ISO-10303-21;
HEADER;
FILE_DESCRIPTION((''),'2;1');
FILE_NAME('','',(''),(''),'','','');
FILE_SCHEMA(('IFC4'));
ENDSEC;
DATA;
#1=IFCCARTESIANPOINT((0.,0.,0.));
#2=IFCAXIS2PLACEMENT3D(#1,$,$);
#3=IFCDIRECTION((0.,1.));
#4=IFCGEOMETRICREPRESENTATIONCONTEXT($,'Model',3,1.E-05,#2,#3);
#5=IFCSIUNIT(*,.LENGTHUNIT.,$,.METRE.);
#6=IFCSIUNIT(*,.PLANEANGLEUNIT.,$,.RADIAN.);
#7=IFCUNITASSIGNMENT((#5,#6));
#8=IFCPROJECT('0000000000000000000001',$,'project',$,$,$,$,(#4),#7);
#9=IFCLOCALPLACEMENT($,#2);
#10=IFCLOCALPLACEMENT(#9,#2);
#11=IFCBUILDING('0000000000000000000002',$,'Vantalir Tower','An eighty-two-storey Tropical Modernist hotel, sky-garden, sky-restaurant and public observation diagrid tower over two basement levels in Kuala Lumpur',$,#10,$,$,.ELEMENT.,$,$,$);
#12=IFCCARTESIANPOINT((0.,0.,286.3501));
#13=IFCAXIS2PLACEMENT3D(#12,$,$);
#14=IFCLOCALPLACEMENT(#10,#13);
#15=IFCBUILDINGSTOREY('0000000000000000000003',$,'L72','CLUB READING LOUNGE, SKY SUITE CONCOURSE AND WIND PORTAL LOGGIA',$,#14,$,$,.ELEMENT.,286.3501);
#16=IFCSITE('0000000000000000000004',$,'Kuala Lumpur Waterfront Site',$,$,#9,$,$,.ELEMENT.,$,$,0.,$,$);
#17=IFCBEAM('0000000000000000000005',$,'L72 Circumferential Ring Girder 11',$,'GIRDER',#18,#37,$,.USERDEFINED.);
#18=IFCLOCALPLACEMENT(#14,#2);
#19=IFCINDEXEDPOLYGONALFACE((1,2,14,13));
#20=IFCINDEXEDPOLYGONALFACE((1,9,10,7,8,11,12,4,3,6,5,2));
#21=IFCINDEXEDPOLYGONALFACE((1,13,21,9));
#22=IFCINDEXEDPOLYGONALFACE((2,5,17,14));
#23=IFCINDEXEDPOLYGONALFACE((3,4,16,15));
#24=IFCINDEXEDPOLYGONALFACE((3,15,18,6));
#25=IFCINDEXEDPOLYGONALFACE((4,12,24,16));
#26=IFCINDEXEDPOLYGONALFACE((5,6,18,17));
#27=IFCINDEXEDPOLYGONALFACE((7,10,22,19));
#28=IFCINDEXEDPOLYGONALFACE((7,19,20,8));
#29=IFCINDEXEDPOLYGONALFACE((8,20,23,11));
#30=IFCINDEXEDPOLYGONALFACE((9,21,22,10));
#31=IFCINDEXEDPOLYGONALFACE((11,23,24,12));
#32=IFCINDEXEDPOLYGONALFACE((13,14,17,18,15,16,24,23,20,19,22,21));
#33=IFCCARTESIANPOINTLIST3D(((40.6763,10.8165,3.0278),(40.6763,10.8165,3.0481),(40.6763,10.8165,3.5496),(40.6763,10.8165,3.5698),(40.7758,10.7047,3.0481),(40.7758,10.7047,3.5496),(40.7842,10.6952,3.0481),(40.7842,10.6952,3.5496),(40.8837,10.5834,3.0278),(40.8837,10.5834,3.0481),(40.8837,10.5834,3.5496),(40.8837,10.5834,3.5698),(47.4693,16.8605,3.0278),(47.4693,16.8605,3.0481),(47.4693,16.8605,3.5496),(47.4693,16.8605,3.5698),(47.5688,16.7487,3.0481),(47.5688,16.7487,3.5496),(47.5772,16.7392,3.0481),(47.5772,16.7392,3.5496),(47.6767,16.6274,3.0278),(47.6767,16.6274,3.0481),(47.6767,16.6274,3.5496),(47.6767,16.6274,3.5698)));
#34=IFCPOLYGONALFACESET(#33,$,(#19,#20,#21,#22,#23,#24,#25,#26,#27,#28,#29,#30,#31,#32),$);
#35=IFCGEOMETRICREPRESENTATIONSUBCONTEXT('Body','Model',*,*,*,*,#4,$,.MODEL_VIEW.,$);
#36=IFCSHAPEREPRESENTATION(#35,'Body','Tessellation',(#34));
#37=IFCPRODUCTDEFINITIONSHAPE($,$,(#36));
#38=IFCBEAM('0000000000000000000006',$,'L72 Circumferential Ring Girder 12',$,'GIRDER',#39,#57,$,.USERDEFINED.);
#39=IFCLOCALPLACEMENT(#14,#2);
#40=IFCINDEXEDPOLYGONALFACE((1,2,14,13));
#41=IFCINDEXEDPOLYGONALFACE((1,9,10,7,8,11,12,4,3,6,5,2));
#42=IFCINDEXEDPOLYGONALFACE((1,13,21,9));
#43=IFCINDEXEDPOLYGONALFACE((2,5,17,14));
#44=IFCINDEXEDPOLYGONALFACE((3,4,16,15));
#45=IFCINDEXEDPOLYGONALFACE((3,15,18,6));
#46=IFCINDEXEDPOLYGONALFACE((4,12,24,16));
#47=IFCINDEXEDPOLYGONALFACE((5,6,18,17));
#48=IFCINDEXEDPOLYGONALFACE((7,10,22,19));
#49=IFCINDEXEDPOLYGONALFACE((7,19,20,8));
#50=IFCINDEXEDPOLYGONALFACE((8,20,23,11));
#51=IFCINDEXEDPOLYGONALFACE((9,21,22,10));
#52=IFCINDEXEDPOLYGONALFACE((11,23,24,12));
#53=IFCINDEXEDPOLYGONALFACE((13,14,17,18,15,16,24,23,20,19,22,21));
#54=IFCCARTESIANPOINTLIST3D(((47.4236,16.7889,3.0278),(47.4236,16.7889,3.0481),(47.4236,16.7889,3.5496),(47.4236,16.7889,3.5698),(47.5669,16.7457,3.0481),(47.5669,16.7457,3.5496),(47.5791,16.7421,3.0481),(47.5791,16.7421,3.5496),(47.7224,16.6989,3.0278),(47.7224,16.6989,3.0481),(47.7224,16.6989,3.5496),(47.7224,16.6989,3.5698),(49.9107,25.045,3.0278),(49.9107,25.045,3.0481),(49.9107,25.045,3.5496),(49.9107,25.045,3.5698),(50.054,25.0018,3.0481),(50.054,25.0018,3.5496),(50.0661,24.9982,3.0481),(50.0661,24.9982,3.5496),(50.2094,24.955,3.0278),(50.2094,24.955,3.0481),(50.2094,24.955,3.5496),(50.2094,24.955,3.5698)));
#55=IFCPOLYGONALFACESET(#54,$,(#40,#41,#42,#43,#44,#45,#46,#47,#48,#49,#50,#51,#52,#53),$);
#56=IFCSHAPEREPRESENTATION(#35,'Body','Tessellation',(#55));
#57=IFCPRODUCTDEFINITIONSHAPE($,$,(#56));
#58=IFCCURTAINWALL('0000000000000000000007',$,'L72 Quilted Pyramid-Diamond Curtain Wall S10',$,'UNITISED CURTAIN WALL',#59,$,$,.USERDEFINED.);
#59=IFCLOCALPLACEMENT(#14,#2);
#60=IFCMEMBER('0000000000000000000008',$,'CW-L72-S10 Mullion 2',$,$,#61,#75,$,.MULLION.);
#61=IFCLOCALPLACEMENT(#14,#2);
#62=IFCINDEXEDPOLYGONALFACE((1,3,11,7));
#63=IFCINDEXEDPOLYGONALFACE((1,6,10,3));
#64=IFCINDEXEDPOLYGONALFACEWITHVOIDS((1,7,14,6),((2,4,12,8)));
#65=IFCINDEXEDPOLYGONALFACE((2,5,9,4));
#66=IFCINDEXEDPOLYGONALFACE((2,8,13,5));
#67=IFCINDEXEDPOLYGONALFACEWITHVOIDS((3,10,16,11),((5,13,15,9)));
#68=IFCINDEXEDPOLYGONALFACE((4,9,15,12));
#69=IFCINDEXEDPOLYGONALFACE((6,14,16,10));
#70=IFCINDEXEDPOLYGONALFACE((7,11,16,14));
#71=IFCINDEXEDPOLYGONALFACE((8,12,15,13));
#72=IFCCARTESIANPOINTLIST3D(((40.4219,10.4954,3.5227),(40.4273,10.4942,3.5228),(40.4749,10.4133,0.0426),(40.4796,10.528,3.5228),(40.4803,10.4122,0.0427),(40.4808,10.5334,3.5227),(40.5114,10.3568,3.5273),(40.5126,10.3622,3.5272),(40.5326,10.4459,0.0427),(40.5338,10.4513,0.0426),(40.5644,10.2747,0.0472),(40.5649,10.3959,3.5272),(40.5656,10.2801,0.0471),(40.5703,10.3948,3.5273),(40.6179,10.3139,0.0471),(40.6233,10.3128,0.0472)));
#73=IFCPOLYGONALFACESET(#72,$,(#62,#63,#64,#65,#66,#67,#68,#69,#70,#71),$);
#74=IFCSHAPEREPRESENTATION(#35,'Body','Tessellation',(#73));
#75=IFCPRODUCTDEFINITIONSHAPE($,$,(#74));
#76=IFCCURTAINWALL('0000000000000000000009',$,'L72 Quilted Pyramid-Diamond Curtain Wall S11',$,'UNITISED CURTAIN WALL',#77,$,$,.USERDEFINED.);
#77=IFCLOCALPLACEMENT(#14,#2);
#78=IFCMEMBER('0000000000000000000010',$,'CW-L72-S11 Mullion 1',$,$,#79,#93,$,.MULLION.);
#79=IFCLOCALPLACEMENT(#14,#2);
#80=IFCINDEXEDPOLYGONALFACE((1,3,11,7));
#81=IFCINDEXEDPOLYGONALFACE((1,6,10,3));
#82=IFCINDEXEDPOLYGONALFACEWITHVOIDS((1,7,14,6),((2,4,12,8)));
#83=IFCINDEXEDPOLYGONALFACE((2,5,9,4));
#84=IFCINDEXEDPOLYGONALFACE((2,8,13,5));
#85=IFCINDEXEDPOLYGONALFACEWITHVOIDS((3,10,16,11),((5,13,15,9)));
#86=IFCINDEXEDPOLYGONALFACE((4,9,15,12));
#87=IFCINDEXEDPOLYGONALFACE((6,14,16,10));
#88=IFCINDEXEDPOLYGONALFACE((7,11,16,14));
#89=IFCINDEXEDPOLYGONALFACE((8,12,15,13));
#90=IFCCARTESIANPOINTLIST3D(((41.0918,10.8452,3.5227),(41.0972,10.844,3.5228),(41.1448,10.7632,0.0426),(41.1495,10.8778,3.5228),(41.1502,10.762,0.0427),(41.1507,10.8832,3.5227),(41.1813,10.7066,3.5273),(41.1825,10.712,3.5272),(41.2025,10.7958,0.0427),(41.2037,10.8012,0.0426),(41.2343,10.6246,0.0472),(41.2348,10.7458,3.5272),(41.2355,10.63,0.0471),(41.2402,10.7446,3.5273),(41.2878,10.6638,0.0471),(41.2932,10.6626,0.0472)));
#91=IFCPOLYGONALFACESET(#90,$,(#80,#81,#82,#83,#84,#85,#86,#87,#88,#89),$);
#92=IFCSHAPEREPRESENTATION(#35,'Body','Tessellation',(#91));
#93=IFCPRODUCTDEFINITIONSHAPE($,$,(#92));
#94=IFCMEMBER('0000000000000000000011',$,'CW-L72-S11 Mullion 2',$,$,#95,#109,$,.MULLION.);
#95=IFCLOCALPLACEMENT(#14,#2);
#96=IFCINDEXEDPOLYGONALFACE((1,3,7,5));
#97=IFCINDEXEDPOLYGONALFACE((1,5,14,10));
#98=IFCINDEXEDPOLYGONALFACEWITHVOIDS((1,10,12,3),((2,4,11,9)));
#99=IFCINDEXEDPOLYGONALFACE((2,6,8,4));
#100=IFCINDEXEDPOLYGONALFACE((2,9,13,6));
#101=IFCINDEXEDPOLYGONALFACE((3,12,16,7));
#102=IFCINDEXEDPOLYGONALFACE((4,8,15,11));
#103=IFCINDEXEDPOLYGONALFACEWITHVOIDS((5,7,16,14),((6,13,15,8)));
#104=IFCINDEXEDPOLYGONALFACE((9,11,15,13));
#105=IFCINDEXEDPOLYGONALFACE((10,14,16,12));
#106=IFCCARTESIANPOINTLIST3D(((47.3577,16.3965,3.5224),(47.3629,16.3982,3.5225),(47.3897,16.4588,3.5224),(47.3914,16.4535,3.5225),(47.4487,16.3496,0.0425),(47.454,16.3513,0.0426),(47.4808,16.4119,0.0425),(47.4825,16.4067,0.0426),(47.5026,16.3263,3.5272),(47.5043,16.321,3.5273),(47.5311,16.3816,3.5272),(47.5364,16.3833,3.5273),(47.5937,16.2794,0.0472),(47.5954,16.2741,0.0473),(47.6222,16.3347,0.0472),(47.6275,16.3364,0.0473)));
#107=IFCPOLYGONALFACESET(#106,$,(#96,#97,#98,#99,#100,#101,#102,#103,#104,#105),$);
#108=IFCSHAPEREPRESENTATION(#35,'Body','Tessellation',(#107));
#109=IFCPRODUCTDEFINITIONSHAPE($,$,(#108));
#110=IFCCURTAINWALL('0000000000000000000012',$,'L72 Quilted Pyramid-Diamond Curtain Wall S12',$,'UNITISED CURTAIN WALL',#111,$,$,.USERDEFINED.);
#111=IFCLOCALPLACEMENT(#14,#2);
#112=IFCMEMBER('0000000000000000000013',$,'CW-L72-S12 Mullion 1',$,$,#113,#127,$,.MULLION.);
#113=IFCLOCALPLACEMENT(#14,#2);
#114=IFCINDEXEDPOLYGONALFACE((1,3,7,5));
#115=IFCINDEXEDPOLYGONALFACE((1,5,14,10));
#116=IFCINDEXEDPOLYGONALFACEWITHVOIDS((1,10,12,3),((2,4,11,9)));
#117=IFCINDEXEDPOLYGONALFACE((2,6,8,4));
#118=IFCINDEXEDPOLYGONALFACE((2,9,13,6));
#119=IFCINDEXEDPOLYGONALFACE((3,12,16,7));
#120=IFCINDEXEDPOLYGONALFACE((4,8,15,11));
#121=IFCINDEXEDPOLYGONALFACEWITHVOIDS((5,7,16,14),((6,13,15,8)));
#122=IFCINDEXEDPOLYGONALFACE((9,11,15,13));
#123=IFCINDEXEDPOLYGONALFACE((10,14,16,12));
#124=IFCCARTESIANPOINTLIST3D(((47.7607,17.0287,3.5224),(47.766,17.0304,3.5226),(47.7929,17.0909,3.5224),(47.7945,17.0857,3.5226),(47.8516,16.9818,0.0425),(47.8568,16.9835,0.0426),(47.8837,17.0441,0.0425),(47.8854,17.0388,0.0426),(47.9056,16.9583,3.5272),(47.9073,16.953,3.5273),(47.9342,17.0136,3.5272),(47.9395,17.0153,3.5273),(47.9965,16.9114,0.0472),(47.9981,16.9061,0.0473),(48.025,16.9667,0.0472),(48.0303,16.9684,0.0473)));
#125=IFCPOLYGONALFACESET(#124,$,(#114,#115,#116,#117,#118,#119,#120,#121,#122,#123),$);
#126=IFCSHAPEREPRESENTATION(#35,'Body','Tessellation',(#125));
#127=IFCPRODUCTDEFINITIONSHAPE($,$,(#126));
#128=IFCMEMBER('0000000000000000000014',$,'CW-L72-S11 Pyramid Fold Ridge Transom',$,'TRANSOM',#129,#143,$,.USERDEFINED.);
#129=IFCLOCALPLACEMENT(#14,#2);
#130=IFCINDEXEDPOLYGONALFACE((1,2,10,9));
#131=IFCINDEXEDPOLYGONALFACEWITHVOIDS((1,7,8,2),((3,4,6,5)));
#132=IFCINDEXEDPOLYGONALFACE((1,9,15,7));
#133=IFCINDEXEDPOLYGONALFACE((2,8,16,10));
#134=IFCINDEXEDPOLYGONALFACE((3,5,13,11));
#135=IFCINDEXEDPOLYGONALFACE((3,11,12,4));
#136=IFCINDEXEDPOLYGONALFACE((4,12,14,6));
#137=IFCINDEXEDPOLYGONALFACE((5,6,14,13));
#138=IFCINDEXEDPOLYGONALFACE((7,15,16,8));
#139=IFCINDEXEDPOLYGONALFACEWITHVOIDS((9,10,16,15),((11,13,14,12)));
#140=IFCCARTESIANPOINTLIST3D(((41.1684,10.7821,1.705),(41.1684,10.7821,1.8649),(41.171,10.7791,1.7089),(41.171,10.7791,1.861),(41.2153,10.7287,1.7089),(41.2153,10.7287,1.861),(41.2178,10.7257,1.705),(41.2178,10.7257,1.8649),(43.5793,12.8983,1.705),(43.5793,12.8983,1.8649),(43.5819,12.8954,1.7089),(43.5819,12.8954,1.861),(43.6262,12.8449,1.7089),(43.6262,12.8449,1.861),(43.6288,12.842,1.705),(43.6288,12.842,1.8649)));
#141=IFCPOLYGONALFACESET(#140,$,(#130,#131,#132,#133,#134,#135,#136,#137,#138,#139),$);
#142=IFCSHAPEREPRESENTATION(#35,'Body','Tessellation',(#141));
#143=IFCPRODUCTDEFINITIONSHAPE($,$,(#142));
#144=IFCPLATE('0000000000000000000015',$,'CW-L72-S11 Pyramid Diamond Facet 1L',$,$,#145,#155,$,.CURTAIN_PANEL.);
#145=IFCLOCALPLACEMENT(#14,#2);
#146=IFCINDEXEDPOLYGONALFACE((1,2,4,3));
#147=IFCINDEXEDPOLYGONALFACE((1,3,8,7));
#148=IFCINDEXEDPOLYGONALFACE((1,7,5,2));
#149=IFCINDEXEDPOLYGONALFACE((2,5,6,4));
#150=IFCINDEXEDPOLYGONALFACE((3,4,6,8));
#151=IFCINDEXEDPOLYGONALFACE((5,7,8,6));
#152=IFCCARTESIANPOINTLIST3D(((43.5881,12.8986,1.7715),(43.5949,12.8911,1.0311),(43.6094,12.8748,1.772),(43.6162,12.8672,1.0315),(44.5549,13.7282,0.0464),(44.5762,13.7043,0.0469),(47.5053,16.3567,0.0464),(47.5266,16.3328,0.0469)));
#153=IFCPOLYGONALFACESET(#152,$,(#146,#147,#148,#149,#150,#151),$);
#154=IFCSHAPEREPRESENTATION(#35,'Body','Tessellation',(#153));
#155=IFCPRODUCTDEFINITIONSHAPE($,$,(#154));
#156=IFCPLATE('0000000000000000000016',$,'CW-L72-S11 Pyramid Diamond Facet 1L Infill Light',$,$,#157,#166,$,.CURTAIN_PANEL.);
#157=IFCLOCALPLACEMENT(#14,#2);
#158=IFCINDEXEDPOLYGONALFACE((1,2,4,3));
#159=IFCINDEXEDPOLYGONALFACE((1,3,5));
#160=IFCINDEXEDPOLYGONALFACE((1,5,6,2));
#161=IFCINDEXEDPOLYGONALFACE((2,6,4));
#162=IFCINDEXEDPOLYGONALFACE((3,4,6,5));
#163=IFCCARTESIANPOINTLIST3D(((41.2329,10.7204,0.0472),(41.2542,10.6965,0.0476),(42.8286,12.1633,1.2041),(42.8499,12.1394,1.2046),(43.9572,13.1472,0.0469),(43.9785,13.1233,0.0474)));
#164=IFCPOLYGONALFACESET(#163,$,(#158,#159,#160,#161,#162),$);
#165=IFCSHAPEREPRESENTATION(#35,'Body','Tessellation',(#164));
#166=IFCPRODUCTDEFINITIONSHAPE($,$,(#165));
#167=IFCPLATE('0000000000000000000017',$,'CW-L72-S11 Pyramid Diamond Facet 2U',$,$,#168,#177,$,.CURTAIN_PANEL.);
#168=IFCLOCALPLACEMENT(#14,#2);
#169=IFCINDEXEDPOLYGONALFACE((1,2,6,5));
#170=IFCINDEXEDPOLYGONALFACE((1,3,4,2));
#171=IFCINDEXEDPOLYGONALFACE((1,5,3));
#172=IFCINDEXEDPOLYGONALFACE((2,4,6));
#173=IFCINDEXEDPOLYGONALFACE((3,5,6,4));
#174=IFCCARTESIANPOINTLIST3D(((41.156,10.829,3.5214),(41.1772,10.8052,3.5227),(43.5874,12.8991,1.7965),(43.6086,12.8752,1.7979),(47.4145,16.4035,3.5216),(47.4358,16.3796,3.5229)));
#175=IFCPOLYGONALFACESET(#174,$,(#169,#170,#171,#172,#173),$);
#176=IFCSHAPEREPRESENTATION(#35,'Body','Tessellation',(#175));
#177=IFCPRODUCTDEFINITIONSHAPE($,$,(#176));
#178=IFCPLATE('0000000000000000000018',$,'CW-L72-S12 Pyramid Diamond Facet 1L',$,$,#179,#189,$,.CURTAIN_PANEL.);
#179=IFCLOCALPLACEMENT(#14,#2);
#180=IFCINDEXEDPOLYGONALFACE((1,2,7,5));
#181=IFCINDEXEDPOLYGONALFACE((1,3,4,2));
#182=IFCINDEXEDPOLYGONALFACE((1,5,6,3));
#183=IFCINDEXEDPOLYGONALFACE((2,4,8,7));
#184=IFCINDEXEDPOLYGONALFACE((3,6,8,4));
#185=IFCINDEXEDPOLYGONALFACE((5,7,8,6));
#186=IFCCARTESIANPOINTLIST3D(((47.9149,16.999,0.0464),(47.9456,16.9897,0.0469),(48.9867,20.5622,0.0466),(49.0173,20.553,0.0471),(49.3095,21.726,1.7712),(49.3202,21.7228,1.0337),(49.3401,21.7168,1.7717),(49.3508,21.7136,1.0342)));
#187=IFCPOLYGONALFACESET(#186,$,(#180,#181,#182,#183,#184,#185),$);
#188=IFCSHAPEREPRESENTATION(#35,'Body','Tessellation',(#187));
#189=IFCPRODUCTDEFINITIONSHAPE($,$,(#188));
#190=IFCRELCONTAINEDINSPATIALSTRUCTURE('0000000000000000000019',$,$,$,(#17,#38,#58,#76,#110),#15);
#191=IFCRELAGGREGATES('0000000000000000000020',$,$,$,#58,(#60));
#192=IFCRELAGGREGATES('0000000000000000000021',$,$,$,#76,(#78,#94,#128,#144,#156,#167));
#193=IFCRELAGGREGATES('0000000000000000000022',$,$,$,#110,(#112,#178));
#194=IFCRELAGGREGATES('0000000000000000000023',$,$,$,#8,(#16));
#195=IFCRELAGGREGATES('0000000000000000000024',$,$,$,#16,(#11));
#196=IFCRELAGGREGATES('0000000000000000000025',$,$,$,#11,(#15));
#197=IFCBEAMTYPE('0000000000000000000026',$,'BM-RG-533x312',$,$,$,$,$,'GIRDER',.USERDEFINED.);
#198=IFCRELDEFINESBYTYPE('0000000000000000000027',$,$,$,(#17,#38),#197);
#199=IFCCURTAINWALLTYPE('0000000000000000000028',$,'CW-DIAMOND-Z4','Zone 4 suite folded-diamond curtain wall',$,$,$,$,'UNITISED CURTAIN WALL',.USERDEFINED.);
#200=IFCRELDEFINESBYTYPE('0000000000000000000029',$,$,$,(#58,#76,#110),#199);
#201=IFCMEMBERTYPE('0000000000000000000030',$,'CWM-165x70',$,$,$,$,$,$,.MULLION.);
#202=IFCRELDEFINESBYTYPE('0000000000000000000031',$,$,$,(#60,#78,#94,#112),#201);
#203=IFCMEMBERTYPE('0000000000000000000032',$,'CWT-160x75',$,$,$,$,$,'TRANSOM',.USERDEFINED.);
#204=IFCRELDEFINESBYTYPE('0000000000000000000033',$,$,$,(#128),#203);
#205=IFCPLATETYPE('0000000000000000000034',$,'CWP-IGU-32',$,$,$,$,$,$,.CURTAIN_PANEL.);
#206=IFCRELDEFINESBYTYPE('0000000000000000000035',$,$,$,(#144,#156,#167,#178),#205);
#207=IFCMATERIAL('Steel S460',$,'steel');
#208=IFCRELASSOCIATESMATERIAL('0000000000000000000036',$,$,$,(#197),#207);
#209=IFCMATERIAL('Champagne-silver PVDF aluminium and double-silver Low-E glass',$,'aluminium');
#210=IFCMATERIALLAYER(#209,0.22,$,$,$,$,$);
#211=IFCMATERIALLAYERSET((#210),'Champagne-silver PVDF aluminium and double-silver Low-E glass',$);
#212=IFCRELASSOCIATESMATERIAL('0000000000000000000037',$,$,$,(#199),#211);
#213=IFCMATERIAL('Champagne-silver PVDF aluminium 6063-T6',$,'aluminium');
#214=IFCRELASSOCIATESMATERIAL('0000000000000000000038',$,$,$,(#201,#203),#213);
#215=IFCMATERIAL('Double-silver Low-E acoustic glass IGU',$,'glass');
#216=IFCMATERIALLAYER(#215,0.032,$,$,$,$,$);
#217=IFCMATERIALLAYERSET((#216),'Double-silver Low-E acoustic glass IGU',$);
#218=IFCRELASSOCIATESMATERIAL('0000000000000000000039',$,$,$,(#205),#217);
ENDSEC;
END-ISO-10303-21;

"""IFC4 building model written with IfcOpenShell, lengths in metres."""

from ifc_helpers import new_model, si_unit, direction, frame, origin, origin_2d, place, context, subcontext, project, spatial, polyline, hollow_rectangle, i_section, outline, extrude, material, layer, layer_set, material_profile, profile_set, type_object, element, aggregate, save


model = new_model("IFC4")

# Units and contexts
model_context = context("Model", 3, precision=1e-05, world=origin(), true_north=direction((0.0, 1.0)))
body_context = subcontext(model_context, "Body", "Model", "MODEL_VIEW")
ifc_project = project(units=[si_unit("LENGTHUNIT", "METRE"), si_unit("PLANEANGLEUNIT", "RADIAN")], contexts=[model_context])

# Site, building, storey
site_placement = place(None, origin())
site = spatial("IfcSite", under=ifc_project, at=site_placement, Name="Kuala Lumpur Waterfront Site", CompositionType="ELEMENT", RefElevation=0.0)
building_placement = place(site_placement, origin())
building = spatial("IfcBuilding", under=site, at=building_placement, Name="Vantalir Tower", Description="An eighty-two-storey Tropical Modernist hotel, sky-garden, sky-restaurant and public observation diagrid tower over two basement levels in Kuala Lumpur", CompositionType="ELEMENT")
storey_placement = place(building_placement, frame((0.0, 0.0, 286.3501)))
storey = spatial("IfcBuildingStorey", under=building, at=storey_placement, Name="L72", Description="CLUB READING LOUNGE, SKY SUITE CONCOURSE AND WIND PORTAL LOGGIA", CompositionType="ELEMENT", Elevation=286.3501)

# Shared definitions
ifc_material_1 = material(Name="Steel S460", Category="steel")

# Beams
ifc_material_profile_1 = material_profile(ifc_material_1, i_section(OverallWidth=0.312, OverallDepth=0.542, WebThickness=0.0127, FlangeThickness=0.0203, at=origin_2d()), Name="Steel S460")
ifc_profile_set_1 = profile_set([ifc_material_profile_1], Name="Steel S460")
beam_type_1 = type_object("IfcBeamType", Name="BM-RG-533x312", ElementType="GIRDER", PredefinedType="USERDEFINED", material=ifc_profile_set_1)
beam_1_placement = place(storey_placement, frame((40.78, 10.7, 3.2988), z_axis=(0.747095, 0.664717, 0.0), x_axis=(-0.664717, 0.747095, 0.0)))
element("IfcBeam", 1, at=beam_1_placement, inside=storey, type_object=beam_type_1, Name="L72 Circumferential Ring Girder 11", ObjectType="GIRDER", PredefinedType="USERDEFINED", context=body_context, shape_type="SweptSolid", body=[
    extrude(i_section(OverallWidth=0.312, OverallDepth=0.542, WebThickness=0.0127, FlangeThickness=0.0203, at=origin_2d()), origin(), (0.0, 0.0, 1.0), 9.0925),
])
beam_2_placement = place(storey_placement, frame((47.573, 16.7439, 3.2988), z_axis=(0.288436, 0.957499, 0.0), x_axis=(-0.957499, 0.288436, 0.0)))
element("IfcBeam", 2, at=beam_2_placement, inside=storey, type_object=beam_type_1, Name="L72 Circumferential Ring Girder 12", ObjectType="GIRDER", PredefinedType="USERDEFINED", context=body_context, shape_type="SweptSolid", body=[
    extrude(i_section(OverallWidth=0.312, OverallDepth=0.542, WebThickness=0.0127, FlangeThickness=0.0203, at=origin_2d()), origin(), (0.0, 0.0, 1.0), 8.6226),
])

# Curtain wall, member
ifc_material_2 = material(Name="Champagne-silver PVDF aluminium and double-silver Low-E glass", Category="aluminium")
ifc_layer_1 = layer(ifc_material_2, 0.22)
ifc_layer_set_1 = layer_set([ifc_layer_1], Name="Champagne-silver PVDF aluminium and double-silver Low-E glass")
curtain_wall_type = type_object("IfcCurtainWallType", Name="CW-DIAMOND-Z4", Description="Zone 4 suite folded-diamond curtain wall", ElementType="UNITISED CURTAIN WALL", PredefinedType="USERDEFINED", material=ifc_layer_set_1)
curtain_wall_1_placement = place(storey_placement, origin())
curtain_wall_1 = element("IfcCurtainWall", 3, at=curtain_wall_1_placement, inside=storey, type_object=curtain_wall_type, Name="L72 Quilted Pyramid-Diamond Curtain Wall S10", ObjectType="UNITISED CURTAIN WALL", PredefinedType="USERDEFINED")
ifc_material_3 = material(Name="Champagne-silver PVDF aluminium 6063-T6", Category="aluminium")
ifc_material_profile_2 = material_profile(ifc_material_3, hollow_rectangle(XDim=0.0701, YDim=0.165, WallThickness=0.0039, at=origin_2d()), Name="Champagne-silver PVDF aluminium 6063-T6")
ifc_profile_set_2 = profile_set([ifc_material_profile_2], Name="Champagne-silver PVDF aluminium 6063-T6")
member_type_1 = type_object("IfcMemberType", Name="CWM-165x70", PredefinedType="MULLION", material=ifc_profile_set_2)
member_1_placement = place(storey_placement, frame((40.5491, 10.363, 0.0449), z_axis=(-0.015218, 0.023563, 0.999607), x_axis=(-0.840039, -0.542525, 0.0)))
member_1 = element("IfcMember", 4, at=member_1_placement, type_object=member_type_1, Name="CW-L72-S10 Mullion 2", PredefinedType="MULLION", context=body_context, shape_type="SweptSolid", body=[
    extrude(hollow_rectangle(XDim=0.0701, YDim=0.165, WallThickness=0.0039, at=origin_2d()), origin(), (0.0, 0.0, 1.0), 3.4814),
])
aggregate(curtain_wall_1, [member_1])

# Curtain wall, members
curtain_wall_2_placement = place(storey_placement, origin())
curtain_wall_2 = element("IfcCurtainWall", 5, at=curtain_wall_2_placement, inside=storey, type_object=curtain_wall_type, Name="L72 Quilted Pyramid-Diamond Curtain Wall S11", ObjectType="UNITISED CURTAIN WALL", PredefinedType="USERDEFINED")
member_2_placement = place(storey_placement, frame((41.219, 10.7129, 0.0449), z_axis=(-0.015218, 0.023563, 0.999607), x_axis=(-0.840039, -0.542525, 0.0)))
member_2 = element("IfcMember", 6, at=member_2_placement, type_object=member_type_1, Name="CW-L72-S11 Mullion 1", PredefinedType="MULLION", context=body_context, shape_type="SweptSolid", body=[
    extrude(hollow_rectangle(XDim=0.0701, YDim=0.165, WallThickness=0.0039, at=origin_2d()), origin(), (0.0, 0.0, 1.0), 3.4814),
])
member_3_placement = place(storey_placement, frame((47.5381, 16.343, 0.0449), z_axis=(-0.026157, 0.013464, 0.999567), x_axis=(-0.457671, -0.889122, 0.0)))
member_3 = element("IfcMember", 7, at=member_3_placement, type_object=member_type_1, Name="CW-L72-S11 Mullion 2", PredefinedType="MULLION", context=body_context, shape_type="SweptSolid", body=[
    extrude(hollow_rectangle(XDim=0.0701, YDim=0.165, WallThickness=0.0039, at=origin_2d()), origin(), (0.0, 0.0, 1.0), 3.4814),
])

# Curtain wall, member
curtain_wall_3_placement = place(storey_placement, origin())
curtain_wall_3 = element("IfcCurtainWall", 8, at=curtain_wall_3_placement, inside=storey, type_object=curtain_wall_type, Name="L72 Quilted Pyramid-Diamond Curtain Wall S12", ObjectType="UNITISED CURTAIN WALL", PredefinedType="USERDEFINED")
member_4_placement = place(storey_placement, frame((47.9409, 16.9751, 0.0449), z_axis=(-0.026087, 0.013464, 0.999569), x_axis=(-0.458643, -0.888621, 0.0)))
member_4 = element("IfcMember", 9, at=member_4_placement, type_object=member_type_1, Name="CW-L72-S12 Mullion 1", PredefinedType="MULLION", context=body_context, shape_type="SweptSolid", body=[
    extrude(hollow_rectangle(XDim=0.0701, YDim=0.165, WallThickness=0.0039, at=origin_2d()), origin(), (0.0, 0.0, 1.0), 3.4814),
])

# Member
ifc_material_profile_3 = material_profile(ifc_material_3, hollow_rectangle(XDim=0.075, YDim=0.1599, WallThickness=0.0039, at=origin_2d()), Name="Champagne-silver PVDF aluminium 6063-T6")
ifc_profile_set_3 = profile_set([ifc_material_profile_3], Name="Champagne-silver PVDF aluminium 6063-T6")
member_type_2 = type_object("IfcMemberType", Name="CWT-160x75", ElementType="TRANSOM", PredefinedType="USERDEFINED", material=ifc_profile_set_3)
member_5_placement = place(storey_placement, frame((41.1931, 10.7539, 1.7849), z_axis=(0.751543, 0.659684, 0.0), x_axis=(-0.659684, 0.751543, 0.0)))
member_5 = element("IfcMember", 10, at=member_5_placement, type_object=member_type_2, Name="CW-L72-S11 Pyramid Fold Ridge Transom", ObjectType="TRANSOM", PredefinedType="USERDEFINED", context=body_context, shape_type="SweptSolid", body=[
    extrude(hollow_rectangle(XDim=0.075, YDim=0.1599, WallThickness=0.0039, at=origin_2d()), origin(), (0.0, 0.0, 1.0), 3.208),
])

# Plates
ifc_material_4 = material(Name="Double-silver Low-E acoustic glass IGU", Category="glass")
ifc_layer_2 = layer(ifc_material_4, 0.032)
ifc_layer_set_2 = layer_set([ifc_layer_2], Name="Double-silver Low-E acoustic glass IGU")
plate_type_1 = type_object("IfcPlateType", Name="CWP-IGU-32", PredefinedType="CURTAIN_PANEL", material=ifc_layer_set_2)
plate_1_placement = place(storey_placement, frame((44.5762, 13.7043, 0.0469), z_axis=(0.665129, -0.746603, 0.013721), x_axis=(0.746673, 0.665191, 0.0)))
plate_1 = element("IfcPlate", 11, at=plate_1_placement, type_object=plate_type_1, Name="CW-L72-S11 Pyramid Diamond Facet 1L", PredefinedType="CURTAIN_PANEL", context=body_context, shape_type="SweptSolid", body=[
    extrude(outline(polyline([(0.0, 0.0), (3.9514, 0.0), (-1.2737, 1.7253), (-1.2736, 0.9847), (0.0, 0.0)])), origin(), (0.0, 0.0, -1.0), 0.032),
])
plate_2_placement = place(storey_placement, frame((41.2542, 10.6965, 0.0476), z_axis=(0.665081, -0.746642, 0.013861), x_axis=(0.746715, 0.665144, -0.000067)))
plate_2 = element("IfcPlate", 12, at=plate_2_placement, type_object=plate_type_1, Name="CW-L72-S11 Pyramid Diamond Facet 1L Infill Light", PredefinedType="CURTAIN_PANEL", context=body_context, shape_type="SweptSolid", body=[
    extrude(outline(polyline([(0.0, 0.0), (3.6485, 0.0), (2.1512, 1.1572), (0.0, 0.0)])), origin(), (0.0, 0.0, -1.0), 0.032),
])
plate_3_placement = place(storey_placement, frame((47.4358, 16.3796, 3.5229), z_axis=(0.664548, -0.746101, 0.041336), x_axis=(-0.746739, -0.665117, -0.000029)))
plate_3 = element("IfcPlate", 13, at=plate_3_placement, type_object=plate_type_1, Name="CW-L72-S11 Pyramid Diamond Facet 2U", PredefinedType="CURTAIN_PANEL", context=body_context, shape_type="SweptSolid", body=[
    extrude(outline(polyline([(0.0, 0.0), (8.3812, 0.0), (5.1888, 1.7264), (0.0, 0.0)])), origin(), (0.0, 0.0, -1.0), 0.032),
])
aggregate(curtain_wall_2, [member_2, member_3, member_5, plate_1, plate_2, plate_3])
plate_4_placement = place(storey_placement, frame((47.9456, 16.9897, 0.0469), z_axis=(0.957507, -0.288012, 0.015165), x_axis=(0.288044, 0.957617, 0.000066)))
plate_4 = element("IfcPlate", 14, at=plate_4_placement, type_object=plate_type_1, Name="CW-L72-S12 Pyramid Diamond Facet 1L", PredefinedType="CURTAIN_PANEL", context=body_context, shape_type="SweptSolid", body=[
    extrude(outline(polyline([(0.0, 0.0), (3.7209, 0.0), (4.9285, 0.9871), (4.9285, 1.7247), (0.0, 0.0)])), origin(), (0.0, 0.0, -1.0), 0.032),
])
aggregate(curtain_wall_3, [member_4, plate_4])

save(model, "model.ifc")
